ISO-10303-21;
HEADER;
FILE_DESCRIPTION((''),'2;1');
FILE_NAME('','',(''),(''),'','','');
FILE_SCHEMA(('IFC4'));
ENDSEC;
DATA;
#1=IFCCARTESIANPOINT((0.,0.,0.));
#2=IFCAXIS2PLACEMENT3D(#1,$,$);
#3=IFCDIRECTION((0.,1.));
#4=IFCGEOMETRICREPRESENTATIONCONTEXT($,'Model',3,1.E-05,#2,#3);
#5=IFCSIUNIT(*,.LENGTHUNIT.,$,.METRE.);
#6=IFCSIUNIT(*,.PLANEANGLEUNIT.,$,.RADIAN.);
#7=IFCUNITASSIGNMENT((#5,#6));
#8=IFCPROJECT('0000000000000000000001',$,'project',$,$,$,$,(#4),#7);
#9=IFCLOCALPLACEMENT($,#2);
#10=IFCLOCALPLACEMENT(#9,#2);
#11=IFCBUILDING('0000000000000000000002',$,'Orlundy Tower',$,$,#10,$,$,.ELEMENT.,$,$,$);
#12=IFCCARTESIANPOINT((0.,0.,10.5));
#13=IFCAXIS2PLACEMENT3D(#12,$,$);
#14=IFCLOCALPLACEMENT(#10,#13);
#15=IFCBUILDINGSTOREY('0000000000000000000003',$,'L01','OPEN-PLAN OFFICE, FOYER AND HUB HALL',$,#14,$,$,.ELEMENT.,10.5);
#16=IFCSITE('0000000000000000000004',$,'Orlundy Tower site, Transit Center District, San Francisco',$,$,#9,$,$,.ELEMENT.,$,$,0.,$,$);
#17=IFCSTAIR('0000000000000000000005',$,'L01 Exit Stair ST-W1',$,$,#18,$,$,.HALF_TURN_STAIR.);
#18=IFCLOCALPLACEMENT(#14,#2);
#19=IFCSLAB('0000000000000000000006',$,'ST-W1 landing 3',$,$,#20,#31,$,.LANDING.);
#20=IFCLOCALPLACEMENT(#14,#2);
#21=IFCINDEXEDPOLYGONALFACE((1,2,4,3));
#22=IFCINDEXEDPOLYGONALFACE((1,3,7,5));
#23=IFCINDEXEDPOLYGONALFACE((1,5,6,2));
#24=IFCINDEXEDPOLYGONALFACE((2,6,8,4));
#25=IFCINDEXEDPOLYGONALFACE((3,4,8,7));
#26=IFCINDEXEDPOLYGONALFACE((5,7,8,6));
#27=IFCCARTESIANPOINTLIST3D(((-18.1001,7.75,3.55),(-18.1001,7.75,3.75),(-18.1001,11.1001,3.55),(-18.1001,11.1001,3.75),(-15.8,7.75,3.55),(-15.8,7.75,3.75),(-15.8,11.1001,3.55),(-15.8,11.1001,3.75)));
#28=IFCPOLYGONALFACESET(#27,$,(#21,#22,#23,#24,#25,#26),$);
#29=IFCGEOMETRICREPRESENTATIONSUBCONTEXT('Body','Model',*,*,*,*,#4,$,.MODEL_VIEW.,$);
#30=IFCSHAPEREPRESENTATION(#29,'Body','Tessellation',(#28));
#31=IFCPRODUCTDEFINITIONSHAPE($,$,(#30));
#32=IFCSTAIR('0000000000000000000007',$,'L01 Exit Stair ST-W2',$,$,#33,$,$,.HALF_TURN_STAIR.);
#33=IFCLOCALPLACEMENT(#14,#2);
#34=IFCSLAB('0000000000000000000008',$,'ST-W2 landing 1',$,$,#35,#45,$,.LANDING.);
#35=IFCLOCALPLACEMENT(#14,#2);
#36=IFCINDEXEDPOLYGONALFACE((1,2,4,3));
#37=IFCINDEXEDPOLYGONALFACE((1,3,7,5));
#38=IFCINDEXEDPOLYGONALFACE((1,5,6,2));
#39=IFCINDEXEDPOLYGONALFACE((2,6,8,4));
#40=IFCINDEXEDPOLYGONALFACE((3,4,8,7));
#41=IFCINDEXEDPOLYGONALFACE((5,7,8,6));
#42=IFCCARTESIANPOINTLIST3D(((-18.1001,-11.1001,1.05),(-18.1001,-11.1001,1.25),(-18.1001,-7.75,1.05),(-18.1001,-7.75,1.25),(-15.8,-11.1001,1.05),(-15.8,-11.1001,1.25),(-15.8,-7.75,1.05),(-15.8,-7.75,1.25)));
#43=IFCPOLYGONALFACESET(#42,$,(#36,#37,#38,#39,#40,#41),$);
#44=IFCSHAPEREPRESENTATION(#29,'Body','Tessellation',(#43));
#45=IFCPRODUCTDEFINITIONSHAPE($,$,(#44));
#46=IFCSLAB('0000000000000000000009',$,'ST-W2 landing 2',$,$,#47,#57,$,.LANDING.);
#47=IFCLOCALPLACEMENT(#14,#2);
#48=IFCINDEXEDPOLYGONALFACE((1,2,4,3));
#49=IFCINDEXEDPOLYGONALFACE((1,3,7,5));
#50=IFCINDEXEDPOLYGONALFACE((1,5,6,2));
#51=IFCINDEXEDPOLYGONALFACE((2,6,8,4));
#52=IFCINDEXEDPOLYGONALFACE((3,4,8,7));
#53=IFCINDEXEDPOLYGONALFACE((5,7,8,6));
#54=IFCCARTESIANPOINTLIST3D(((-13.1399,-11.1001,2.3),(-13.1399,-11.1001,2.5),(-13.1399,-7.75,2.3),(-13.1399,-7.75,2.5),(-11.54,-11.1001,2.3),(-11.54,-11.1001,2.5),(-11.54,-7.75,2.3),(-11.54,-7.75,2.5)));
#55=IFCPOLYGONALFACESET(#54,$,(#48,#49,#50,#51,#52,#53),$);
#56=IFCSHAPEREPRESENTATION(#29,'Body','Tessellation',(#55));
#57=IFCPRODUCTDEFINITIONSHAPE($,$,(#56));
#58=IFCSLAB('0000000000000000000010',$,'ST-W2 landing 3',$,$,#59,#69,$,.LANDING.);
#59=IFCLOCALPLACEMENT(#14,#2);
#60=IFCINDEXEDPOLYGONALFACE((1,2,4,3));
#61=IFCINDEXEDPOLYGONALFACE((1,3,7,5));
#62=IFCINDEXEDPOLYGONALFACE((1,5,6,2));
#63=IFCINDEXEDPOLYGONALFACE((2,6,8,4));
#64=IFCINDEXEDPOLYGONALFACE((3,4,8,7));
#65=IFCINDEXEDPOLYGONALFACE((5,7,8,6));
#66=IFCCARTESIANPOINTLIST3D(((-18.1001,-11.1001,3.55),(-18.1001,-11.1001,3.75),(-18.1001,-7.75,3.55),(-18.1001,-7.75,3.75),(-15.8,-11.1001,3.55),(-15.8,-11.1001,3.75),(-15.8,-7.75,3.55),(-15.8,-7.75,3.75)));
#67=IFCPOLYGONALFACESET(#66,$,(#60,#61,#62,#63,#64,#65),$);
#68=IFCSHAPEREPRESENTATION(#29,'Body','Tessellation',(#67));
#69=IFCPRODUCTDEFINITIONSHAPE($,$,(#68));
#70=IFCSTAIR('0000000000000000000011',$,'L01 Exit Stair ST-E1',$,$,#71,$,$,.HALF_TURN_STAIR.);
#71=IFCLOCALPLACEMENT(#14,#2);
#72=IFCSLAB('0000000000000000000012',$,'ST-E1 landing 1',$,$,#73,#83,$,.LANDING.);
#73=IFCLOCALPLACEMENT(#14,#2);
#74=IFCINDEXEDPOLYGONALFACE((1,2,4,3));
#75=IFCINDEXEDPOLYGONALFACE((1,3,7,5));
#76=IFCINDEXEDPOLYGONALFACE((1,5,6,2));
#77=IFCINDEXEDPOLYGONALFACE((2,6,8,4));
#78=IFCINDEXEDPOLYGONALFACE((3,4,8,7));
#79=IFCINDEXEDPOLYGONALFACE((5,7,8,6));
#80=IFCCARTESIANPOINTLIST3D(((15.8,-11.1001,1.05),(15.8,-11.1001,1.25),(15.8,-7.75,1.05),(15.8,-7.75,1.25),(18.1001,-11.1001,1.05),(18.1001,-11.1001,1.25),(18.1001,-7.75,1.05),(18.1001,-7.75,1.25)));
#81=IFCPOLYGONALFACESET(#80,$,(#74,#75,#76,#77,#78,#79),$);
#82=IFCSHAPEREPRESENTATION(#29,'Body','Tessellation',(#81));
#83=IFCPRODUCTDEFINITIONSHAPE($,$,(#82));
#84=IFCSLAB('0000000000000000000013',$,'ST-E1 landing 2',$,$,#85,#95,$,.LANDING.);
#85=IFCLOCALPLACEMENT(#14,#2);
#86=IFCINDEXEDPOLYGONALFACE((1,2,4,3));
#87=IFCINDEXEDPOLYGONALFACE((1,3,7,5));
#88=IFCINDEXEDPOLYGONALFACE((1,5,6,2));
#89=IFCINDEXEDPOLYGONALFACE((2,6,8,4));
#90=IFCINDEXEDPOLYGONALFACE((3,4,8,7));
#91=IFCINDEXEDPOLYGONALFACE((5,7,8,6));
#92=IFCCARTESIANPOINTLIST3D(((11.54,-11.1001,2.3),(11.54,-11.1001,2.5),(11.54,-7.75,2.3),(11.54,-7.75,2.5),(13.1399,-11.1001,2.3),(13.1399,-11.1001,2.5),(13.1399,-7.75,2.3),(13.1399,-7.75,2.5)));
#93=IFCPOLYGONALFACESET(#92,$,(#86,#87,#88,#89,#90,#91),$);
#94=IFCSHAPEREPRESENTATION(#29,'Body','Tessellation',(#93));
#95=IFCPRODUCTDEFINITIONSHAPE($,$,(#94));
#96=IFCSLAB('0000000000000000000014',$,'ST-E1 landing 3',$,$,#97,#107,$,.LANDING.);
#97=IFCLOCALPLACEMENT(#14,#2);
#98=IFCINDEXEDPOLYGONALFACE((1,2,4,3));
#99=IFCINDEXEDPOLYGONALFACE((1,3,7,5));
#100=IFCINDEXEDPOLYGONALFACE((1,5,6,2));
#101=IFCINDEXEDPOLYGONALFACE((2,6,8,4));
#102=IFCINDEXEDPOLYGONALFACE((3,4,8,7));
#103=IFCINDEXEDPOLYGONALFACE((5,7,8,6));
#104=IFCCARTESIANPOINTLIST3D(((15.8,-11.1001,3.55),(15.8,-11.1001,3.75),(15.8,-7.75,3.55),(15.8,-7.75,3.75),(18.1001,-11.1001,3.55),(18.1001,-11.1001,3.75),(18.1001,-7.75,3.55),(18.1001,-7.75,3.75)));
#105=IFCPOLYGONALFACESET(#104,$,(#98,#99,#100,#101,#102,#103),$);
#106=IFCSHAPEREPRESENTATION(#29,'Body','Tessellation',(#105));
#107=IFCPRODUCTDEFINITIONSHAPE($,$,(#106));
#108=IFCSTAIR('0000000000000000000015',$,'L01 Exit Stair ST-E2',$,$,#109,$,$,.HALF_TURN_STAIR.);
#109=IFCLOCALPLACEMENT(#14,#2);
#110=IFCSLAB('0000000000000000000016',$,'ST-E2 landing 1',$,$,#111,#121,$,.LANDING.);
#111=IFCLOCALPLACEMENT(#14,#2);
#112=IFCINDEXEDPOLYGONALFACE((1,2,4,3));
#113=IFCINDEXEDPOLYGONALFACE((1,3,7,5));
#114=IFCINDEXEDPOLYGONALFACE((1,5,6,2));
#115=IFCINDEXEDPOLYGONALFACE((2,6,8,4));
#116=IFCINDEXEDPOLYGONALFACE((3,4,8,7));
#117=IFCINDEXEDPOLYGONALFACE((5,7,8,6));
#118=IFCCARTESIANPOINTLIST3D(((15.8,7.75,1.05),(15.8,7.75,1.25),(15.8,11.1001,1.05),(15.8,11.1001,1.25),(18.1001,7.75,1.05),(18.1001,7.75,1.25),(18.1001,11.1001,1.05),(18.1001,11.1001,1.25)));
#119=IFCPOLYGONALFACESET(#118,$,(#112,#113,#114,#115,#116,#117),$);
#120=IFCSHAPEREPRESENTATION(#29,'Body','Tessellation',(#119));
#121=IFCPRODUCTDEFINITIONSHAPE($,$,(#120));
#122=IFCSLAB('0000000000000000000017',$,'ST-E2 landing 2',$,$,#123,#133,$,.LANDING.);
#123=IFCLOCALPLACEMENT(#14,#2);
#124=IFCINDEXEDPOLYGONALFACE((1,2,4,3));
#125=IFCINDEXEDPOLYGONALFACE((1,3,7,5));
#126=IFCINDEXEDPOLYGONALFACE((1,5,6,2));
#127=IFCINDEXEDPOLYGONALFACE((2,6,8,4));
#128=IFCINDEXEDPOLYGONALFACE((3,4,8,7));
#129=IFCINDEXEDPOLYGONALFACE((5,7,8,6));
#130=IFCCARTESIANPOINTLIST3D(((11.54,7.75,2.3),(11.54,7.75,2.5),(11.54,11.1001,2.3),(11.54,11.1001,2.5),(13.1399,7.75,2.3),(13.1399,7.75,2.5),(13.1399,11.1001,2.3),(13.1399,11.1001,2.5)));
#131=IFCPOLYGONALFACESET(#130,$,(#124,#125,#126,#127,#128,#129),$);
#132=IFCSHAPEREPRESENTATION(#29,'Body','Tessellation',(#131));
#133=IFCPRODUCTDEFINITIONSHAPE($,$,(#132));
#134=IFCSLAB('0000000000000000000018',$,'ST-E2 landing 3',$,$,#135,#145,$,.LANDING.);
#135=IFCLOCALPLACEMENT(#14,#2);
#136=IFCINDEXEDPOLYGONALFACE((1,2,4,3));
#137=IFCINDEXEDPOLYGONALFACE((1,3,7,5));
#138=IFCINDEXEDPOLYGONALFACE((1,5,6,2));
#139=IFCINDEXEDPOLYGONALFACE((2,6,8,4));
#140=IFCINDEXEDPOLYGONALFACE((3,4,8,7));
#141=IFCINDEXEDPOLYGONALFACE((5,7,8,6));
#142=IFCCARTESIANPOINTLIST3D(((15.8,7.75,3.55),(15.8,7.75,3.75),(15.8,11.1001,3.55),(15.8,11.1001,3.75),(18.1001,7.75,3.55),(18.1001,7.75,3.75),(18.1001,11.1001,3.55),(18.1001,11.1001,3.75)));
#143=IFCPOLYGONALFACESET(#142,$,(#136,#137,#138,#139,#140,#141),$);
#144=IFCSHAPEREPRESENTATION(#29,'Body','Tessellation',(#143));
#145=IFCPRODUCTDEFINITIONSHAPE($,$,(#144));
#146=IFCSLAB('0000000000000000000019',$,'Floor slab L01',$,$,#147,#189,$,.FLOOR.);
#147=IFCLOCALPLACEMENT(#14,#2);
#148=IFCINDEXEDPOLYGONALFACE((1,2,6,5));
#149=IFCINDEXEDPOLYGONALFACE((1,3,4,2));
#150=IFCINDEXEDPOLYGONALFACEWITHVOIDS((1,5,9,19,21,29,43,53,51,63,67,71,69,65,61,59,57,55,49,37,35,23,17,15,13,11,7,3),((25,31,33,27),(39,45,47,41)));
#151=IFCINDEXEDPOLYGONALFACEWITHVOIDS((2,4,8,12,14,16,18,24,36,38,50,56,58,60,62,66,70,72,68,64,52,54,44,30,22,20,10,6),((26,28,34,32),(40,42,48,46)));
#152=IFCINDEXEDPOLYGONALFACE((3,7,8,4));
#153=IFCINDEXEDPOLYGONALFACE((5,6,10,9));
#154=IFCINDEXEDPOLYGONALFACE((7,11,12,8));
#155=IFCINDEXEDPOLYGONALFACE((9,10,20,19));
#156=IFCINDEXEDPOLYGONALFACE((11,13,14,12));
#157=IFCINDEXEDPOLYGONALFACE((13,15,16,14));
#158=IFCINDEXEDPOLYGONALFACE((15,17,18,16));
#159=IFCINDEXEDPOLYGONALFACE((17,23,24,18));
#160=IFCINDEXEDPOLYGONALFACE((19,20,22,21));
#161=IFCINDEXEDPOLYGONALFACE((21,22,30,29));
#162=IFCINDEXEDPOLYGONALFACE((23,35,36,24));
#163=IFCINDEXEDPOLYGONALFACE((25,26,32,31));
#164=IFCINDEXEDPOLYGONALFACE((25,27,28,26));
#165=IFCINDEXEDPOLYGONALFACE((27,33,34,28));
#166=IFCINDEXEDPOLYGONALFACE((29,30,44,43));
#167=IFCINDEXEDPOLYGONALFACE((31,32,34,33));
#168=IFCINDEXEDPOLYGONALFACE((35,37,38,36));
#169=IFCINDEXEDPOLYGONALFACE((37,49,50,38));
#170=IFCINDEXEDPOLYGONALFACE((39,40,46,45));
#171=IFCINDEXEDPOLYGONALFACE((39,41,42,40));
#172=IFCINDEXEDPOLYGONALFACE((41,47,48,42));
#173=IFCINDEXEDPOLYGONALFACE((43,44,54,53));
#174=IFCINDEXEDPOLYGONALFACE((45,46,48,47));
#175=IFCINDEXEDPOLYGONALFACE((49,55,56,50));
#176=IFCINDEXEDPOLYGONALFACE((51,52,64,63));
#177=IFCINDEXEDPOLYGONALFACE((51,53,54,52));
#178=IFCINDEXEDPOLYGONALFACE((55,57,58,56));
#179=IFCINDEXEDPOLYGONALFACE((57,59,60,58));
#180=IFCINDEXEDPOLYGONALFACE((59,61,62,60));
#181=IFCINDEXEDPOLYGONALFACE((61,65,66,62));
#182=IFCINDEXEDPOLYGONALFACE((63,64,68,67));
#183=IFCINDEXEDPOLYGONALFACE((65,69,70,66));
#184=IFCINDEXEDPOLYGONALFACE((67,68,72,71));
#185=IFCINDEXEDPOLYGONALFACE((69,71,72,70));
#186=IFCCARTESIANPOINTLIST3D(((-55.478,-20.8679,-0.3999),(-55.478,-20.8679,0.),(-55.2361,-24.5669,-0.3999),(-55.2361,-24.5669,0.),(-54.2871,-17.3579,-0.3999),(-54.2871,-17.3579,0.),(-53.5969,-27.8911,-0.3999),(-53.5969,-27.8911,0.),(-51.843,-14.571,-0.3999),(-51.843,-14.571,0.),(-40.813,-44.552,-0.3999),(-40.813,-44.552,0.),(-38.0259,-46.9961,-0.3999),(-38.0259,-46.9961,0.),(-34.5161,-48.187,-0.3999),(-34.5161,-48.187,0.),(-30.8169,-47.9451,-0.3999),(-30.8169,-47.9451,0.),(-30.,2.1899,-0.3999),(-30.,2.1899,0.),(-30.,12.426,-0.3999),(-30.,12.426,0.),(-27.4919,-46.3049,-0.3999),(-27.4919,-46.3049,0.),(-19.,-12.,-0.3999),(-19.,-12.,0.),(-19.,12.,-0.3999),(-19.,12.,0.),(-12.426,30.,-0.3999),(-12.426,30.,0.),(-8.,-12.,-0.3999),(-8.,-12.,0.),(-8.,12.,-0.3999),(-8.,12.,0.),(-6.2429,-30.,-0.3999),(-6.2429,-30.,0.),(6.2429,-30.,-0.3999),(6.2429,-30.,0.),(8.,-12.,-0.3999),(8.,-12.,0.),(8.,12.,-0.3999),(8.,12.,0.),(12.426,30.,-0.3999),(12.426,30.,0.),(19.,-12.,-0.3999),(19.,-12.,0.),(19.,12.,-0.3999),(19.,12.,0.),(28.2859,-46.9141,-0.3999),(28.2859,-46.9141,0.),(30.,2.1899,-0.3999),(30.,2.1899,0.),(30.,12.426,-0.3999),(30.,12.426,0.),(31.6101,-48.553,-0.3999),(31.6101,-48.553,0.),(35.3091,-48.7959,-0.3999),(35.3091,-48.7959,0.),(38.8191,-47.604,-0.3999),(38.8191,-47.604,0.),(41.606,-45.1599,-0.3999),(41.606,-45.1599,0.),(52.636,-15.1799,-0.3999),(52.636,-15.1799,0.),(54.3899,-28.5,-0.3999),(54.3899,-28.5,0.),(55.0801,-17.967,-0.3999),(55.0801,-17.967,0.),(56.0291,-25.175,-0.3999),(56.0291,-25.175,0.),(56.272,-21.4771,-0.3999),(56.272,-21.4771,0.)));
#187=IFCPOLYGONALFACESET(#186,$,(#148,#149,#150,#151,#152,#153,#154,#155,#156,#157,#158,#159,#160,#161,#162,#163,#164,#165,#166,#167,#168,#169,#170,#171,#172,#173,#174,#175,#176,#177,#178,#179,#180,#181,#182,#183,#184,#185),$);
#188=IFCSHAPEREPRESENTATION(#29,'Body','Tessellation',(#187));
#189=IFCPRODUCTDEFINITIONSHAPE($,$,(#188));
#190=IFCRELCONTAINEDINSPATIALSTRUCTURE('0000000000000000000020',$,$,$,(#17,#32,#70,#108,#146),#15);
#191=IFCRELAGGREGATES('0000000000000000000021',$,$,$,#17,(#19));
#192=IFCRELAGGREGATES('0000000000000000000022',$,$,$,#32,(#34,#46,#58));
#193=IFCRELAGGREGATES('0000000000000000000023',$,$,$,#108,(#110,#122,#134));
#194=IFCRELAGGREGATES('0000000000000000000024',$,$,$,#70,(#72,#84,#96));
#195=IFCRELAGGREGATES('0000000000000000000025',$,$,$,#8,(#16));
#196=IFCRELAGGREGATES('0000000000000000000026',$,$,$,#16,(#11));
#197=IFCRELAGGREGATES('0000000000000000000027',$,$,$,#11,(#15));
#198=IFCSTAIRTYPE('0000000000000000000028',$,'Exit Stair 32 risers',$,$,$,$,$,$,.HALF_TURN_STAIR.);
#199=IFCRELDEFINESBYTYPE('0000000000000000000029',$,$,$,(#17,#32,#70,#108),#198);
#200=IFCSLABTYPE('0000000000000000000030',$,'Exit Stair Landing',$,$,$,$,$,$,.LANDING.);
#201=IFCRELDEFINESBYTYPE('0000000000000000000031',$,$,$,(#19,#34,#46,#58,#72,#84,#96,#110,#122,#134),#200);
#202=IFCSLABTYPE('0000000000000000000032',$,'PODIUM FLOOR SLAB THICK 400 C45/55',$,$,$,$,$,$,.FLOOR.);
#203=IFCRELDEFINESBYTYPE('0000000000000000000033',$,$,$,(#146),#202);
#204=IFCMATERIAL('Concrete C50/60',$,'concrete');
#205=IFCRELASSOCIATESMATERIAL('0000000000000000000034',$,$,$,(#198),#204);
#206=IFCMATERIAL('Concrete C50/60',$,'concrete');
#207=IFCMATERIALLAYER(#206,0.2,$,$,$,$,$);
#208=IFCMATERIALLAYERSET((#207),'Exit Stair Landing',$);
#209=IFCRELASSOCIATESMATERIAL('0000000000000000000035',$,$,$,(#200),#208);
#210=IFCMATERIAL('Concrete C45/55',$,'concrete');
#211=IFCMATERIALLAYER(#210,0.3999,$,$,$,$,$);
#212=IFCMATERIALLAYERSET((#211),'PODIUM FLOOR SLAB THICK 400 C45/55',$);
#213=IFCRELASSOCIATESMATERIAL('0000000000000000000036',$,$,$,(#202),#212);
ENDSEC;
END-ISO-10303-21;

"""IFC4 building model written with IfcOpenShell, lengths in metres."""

from ifc_helpers import new_model, si_unit, direction, frame, origin, place, context, subcontext, project, spatial, polyline, outline, extrude, material, layer, layer_set, type_object, element, aggregate, save


model = new_model("IFC4")

# Units and contexts
model_context = context("Model", 3, precision=1e-05, world=origin(), true_north=direction((0.0, 1.0)))
body_context = subcontext(model_context, "Body", "Model", "MODEL_VIEW")
ifc_project = project(units=[si_unit("LENGTHUNIT", "METRE"), si_unit("PLANEANGLEUNIT", "RADIAN")], contexts=[model_context])

# Site, building, storey
site_placement = place(None, origin())
site = spatial("IfcSite", under=ifc_project, at=site_placement, Name="Orlundy Tower site, Transit Center District, San Francisco", CompositionType="ELEMENT", RefElevation=0.0)
building_placement = place(site_placement, origin())
building = spatial("IfcBuilding", under=site, at=building_placement, Name="Orlundy Tower", CompositionType="ELEMENT")
storey_placement = place(building_placement, frame((0.0, 0.0, 10.5)))
storey = spatial("IfcBuildingStorey", under=building, at=storey_placement, Name="L01", Description="OPEN-PLAN OFFICE, FOYER AND HUB HALL", CompositionType="ELEMENT", Elevation=10.5)

# Stairs, slabs
ifc_material_1 = material(Name="Concrete C50/60", Category="concrete")
stair_type = type_object("IfcStairType", Name="Exit Stair 32 risers", PredefinedType="HALF_TURN_STAIR", material=ifc_material_1)
stair_1_placement = place(storey_placement, origin())
stair_1 = element("IfcStair", 1, at=stair_1_placement, inside=storey, type_object=stair_type, Name="L01 Exit Stair ST-W1", PredefinedType="HALF_TURN_STAIR")
ifc_material_2 = material(Name="Concrete C50/60", Category="concrete")
ifc_layer_1 = layer(ifc_material_2, 0.2)
ifc_layer_set_1 = layer_set([ifc_layer_1], Name="Exit Stair Landing")
slab_type_1 = type_object("IfcSlabType", Name="Exit Stair Landing", PredefinedType="LANDING", material=ifc_layer_set_1)
slab_1_placement = place(storey_placement, frame((0.0, 0.0, 3.55)))
slab_1 = element("IfcSlab", 2, at=slab_1_placement, type_object=slab_type_1, Name="ST-W1 landing 3", PredefinedType="LANDING", context=body_context, shape_type="SweptSolid", body=[
    extrude(outline(polyline([(-15.8, 11.1001), (-18.1001, 11.1001), (-18.1001, 7.75), (-15.8, 7.75), (-15.8, 11.1001)])), origin(), (0.0, 0.0, 1.0), 0.2),
])
aggregate(stair_1, [slab_1])
stair_2_placement = place(storey_placement, origin())
stair_2 = element("IfcStair", 3, at=stair_2_placement, inside=storey, type_object=stair_type, Name="L01 Exit Stair ST-W2", PredefinedType="HALF_TURN_STAIR")
slab_2_placement = place(storey_placement, frame((0.0, 0.0, 1.05)))
slab_2 = element("IfcSlab", 4, at=slab_2_placement, type_object=slab_type_1, Name="ST-W2 landing 1", PredefinedType="LANDING", context=body_context, shape_type="SweptSolid", body=[
    extrude(outline(polyline([(-15.8, -7.75), (-18.1001, -7.75), (-18.1001, -11.1001), (-15.8, -11.1001), (-15.8, -7.75)])), origin(), (0.0, 0.0, 1.0), 0.2),
])
slab_3_placement = place(storey_placement, frame((0.0, 0.0, 2.3)))
slab_3 = element("IfcSlab", 5, at=slab_3_placement, type_object=slab_type_1, Name="ST-W2 landing 2", PredefinedType="LANDING", context=body_context, shape_type="SweptSolid", body=[
    extrude(outline(polyline([(-11.54, -7.75), (-13.1399, -7.75), (-13.1399, -11.1001), (-11.54, -11.1001), (-11.54, -7.75)])), origin(), (0.0, 0.0, 1.0), 0.2),
])
slab_4_placement = place(storey_placement, frame((0.0, 0.0, 3.55)))
slab_4 = element("IfcSlab", 6, at=slab_4_placement, type_object=slab_type_1, Name="ST-W2 landing 3", PredefinedType="LANDING", context=body_context, shape_type="SweptSolid", body=[
    extrude(outline(polyline([(-15.8, -7.75), (-18.1001, -7.75), (-18.1001, -11.1001), (-15.8, -11.1001), (-15.8, -7.75)])), origin(), (0.0, 0.0, 1.0), 0.2),
])
aggregate(stair_2, [slab_2, slab_3, slab_4])
stair_3_placement = place(storey_placement, origin())
stair_3 = element("IfcStair", 7, at=stair_3_placement, inside=storey, type_object=stair_type, Name="L01 Exit Stair ST-E1", PredefinedType="HALF_TURN_STAIR")
slab_5_placement = place(storey_placement, frame((0.0, 0.0, 1.05)))
slab_5 = element("IfcSlab", 8, at=slab_5_placement, type_object=slab_type_1, Name="ST-E1 landing 1", PredefinedType="LANDING", context=body_context, shape_type="SweptSolid", body=[
    extrude(outline(polyline([(15.8, -11.1001), (18.1001, -11.1001), (18.1001, -7.75), (15.8, -7.75), (15.8, -11.1001)])), origin(), (0.0, 0.0, 1.0), 0.2),
])
slab_6_placement = place(storey_placement, frame((0.0, 0.0, 2.3)))
slab_6 = element("IfcSlab", 9, at=slab_6_placement, type_object=slab_type_1, Name="ST-E1 landing 2", PredefinedType="LANDING", context=body_context, shape_type="SweptSolid", body=[
    extrude(outline(polyline([(11.54, -11.1001), (13.1399, -11.1001), (13.1399, -7.75), (11.54, -7.75), (11.54, -11.1001)])), origin(), (0.0, 0.0, 1.0), 0.2),
])
slab_7_placement = place(storey_placement, frame((0.0, 0.0, 3.55)))
slab_7 = element("IfcSlab", 10, at=slab_7_placement, type_object=slab_type_1, Name="ST-E1 landing 3", PredefinedType="LANDING", context=body_context, shape_type="SweptSolid", body=[
    extrude(outline(polyline([(15.8, -11.1001), (18.1001, -11.1001), (18.1001, -7.75), (15.8, -7.75), (15.8, -11.1001)])), origin(), (0.0, 0.0, 1.0), 0.2),
])
stair_4_placement = place(storey_placement, origin())
stair_4 = element("IfcStair", 11, at=stair_4_placement, inside=storey, type_object=stair_type, Name="L01 Exit Stair ST-E2", PredefinedType="HALF_TURN_STAIR")
slab_8_placement = place(storey_placement, frame((0.0, 0.0, 1.05)))
slab_8 = element("IfcSlab", 12, at=slab_8_placement, type_object=slab_type_1, Name="ST-E2 landing 1", PredefinedType="LANDING", context=body_context, shape_type="SweptSolid", body=[
    extrude(outline(polyline([(15.8, 7.75), (18.1001, 7.75), (18.1001, 11.1001), (15.8, 11.1001), (15.8, 7.75)])), origin(), (0.0, 0.0, 1.0), 0.2),
])
slab_9_placement = place(storey_placement, frame((0.0, 0.0, 2.3)))
slab_9 = element("IfcSlab", 13, at=slab_9_placement, type_object=slab_type_1, Name="ST-E2 landing 2", PredefinedType="LANDING", context=body_context, shape_type="SweptSolid", body=[
    extrude(outline(polyline([(11.54, 7.75), (13.1399, 7.75), (13.1399, 11.1001), (11.54, 11.1001), (11.54, 7.75)])), origin(), (0.0, 0.0, 1.0), 0.2),
])
slab_10_placement = place(storey_placement, frame((0.0, 0.0, 3.55)))
slab_10 = element("IfcSlab", 14, at=slab_10_placement, type_object=slab_type_1, Name="ST-E2 landing 3", PredefinedType="LANDING", context=body_context, shape_type="SweptSolid", body=[
    extrude(outline(polyline([(15.8, 7.75), (18.1001, 7.75), (18.1001, 11.1001), (15.8, 11.1001), (15.8, 7.75)])), origin(), (0.0, 0.0, 1.0), 0.2),
])
aggregate(stair_4, [slab_8, slab_9, slab_10])

# Slab
ifc_material_3 = material(Name="Concrete C45/55", Category="concrete")
ifc_layer_2 = layer(ifc_material_3, 0.3999)
ifc_layer_set_2 = layer_set([ifc_layer_2], Name="PODIUM FLOOR SLAB THICK 400 C45/55")
slab_type_2 = type_object("IfcSlabType", Name="PODIUM FLOOR SLAB THICK 400 C45/55", PredefinedType="FLOOR", material=ifc_layer_set_2)
slab_11_placement = place(storey_placement, frame((0.0, 0.0, -0.3999)))
element("IfcSlab", 15, at=slab_11_placement, inside=storey, type_object=slab_type_2, Name="Floor slab L01", PredefinedType="FLOOR", context=body_context, shape_type="SweptSolid", body=[
    extrude(outline(polyline([(6.2429, -30.0), (-6.2429, -30.0), (-27.4919, -46.3049), (-30.8169, -47.9451), (-34.5161, -48.187), (-38.0259, -46.9961), (-40.813, -44.552), (-53.5969, -27.8911), (-55.2361, -24.5669), (-55.478, -20.8679), (-54.2871, -17.3579), (-51.843, -14.571), (-30.0, 2.1899), (-30.0, 12.426), (-12.426, 30.0), (12.426, 30.0), (30.0, 12.426), (30.0, 2.1899), (52.636, -15.1799), (55.0801, -17.967), (56.272, -21.4771), (56.0291, -25.175), (54.3899, -28.5), (41.606, -45.1599), (38.8191, -47.604), (35.3091, -48.7959), (31.6101, -48.553), (28.2859, -46.9141), (6.2429, -30.0)]), holes=[polyline([(-8.0, -12.0), (-8.0, 12.0), (-19.0, 12.0), (-19.0, -12.0), (-8.0, -12.0)]), polyline([(19.0, -12.0), (19.0, 12.0), (8.0, 12.0), (8.0, -12.0), (19.0, -12.0)])]), origin(), (0.0, 0.0, 1.0), 0.3999),
])

aggregate(stair_3, [slab_5, slab_6, slab_7])

save(model, "model.ifc")
